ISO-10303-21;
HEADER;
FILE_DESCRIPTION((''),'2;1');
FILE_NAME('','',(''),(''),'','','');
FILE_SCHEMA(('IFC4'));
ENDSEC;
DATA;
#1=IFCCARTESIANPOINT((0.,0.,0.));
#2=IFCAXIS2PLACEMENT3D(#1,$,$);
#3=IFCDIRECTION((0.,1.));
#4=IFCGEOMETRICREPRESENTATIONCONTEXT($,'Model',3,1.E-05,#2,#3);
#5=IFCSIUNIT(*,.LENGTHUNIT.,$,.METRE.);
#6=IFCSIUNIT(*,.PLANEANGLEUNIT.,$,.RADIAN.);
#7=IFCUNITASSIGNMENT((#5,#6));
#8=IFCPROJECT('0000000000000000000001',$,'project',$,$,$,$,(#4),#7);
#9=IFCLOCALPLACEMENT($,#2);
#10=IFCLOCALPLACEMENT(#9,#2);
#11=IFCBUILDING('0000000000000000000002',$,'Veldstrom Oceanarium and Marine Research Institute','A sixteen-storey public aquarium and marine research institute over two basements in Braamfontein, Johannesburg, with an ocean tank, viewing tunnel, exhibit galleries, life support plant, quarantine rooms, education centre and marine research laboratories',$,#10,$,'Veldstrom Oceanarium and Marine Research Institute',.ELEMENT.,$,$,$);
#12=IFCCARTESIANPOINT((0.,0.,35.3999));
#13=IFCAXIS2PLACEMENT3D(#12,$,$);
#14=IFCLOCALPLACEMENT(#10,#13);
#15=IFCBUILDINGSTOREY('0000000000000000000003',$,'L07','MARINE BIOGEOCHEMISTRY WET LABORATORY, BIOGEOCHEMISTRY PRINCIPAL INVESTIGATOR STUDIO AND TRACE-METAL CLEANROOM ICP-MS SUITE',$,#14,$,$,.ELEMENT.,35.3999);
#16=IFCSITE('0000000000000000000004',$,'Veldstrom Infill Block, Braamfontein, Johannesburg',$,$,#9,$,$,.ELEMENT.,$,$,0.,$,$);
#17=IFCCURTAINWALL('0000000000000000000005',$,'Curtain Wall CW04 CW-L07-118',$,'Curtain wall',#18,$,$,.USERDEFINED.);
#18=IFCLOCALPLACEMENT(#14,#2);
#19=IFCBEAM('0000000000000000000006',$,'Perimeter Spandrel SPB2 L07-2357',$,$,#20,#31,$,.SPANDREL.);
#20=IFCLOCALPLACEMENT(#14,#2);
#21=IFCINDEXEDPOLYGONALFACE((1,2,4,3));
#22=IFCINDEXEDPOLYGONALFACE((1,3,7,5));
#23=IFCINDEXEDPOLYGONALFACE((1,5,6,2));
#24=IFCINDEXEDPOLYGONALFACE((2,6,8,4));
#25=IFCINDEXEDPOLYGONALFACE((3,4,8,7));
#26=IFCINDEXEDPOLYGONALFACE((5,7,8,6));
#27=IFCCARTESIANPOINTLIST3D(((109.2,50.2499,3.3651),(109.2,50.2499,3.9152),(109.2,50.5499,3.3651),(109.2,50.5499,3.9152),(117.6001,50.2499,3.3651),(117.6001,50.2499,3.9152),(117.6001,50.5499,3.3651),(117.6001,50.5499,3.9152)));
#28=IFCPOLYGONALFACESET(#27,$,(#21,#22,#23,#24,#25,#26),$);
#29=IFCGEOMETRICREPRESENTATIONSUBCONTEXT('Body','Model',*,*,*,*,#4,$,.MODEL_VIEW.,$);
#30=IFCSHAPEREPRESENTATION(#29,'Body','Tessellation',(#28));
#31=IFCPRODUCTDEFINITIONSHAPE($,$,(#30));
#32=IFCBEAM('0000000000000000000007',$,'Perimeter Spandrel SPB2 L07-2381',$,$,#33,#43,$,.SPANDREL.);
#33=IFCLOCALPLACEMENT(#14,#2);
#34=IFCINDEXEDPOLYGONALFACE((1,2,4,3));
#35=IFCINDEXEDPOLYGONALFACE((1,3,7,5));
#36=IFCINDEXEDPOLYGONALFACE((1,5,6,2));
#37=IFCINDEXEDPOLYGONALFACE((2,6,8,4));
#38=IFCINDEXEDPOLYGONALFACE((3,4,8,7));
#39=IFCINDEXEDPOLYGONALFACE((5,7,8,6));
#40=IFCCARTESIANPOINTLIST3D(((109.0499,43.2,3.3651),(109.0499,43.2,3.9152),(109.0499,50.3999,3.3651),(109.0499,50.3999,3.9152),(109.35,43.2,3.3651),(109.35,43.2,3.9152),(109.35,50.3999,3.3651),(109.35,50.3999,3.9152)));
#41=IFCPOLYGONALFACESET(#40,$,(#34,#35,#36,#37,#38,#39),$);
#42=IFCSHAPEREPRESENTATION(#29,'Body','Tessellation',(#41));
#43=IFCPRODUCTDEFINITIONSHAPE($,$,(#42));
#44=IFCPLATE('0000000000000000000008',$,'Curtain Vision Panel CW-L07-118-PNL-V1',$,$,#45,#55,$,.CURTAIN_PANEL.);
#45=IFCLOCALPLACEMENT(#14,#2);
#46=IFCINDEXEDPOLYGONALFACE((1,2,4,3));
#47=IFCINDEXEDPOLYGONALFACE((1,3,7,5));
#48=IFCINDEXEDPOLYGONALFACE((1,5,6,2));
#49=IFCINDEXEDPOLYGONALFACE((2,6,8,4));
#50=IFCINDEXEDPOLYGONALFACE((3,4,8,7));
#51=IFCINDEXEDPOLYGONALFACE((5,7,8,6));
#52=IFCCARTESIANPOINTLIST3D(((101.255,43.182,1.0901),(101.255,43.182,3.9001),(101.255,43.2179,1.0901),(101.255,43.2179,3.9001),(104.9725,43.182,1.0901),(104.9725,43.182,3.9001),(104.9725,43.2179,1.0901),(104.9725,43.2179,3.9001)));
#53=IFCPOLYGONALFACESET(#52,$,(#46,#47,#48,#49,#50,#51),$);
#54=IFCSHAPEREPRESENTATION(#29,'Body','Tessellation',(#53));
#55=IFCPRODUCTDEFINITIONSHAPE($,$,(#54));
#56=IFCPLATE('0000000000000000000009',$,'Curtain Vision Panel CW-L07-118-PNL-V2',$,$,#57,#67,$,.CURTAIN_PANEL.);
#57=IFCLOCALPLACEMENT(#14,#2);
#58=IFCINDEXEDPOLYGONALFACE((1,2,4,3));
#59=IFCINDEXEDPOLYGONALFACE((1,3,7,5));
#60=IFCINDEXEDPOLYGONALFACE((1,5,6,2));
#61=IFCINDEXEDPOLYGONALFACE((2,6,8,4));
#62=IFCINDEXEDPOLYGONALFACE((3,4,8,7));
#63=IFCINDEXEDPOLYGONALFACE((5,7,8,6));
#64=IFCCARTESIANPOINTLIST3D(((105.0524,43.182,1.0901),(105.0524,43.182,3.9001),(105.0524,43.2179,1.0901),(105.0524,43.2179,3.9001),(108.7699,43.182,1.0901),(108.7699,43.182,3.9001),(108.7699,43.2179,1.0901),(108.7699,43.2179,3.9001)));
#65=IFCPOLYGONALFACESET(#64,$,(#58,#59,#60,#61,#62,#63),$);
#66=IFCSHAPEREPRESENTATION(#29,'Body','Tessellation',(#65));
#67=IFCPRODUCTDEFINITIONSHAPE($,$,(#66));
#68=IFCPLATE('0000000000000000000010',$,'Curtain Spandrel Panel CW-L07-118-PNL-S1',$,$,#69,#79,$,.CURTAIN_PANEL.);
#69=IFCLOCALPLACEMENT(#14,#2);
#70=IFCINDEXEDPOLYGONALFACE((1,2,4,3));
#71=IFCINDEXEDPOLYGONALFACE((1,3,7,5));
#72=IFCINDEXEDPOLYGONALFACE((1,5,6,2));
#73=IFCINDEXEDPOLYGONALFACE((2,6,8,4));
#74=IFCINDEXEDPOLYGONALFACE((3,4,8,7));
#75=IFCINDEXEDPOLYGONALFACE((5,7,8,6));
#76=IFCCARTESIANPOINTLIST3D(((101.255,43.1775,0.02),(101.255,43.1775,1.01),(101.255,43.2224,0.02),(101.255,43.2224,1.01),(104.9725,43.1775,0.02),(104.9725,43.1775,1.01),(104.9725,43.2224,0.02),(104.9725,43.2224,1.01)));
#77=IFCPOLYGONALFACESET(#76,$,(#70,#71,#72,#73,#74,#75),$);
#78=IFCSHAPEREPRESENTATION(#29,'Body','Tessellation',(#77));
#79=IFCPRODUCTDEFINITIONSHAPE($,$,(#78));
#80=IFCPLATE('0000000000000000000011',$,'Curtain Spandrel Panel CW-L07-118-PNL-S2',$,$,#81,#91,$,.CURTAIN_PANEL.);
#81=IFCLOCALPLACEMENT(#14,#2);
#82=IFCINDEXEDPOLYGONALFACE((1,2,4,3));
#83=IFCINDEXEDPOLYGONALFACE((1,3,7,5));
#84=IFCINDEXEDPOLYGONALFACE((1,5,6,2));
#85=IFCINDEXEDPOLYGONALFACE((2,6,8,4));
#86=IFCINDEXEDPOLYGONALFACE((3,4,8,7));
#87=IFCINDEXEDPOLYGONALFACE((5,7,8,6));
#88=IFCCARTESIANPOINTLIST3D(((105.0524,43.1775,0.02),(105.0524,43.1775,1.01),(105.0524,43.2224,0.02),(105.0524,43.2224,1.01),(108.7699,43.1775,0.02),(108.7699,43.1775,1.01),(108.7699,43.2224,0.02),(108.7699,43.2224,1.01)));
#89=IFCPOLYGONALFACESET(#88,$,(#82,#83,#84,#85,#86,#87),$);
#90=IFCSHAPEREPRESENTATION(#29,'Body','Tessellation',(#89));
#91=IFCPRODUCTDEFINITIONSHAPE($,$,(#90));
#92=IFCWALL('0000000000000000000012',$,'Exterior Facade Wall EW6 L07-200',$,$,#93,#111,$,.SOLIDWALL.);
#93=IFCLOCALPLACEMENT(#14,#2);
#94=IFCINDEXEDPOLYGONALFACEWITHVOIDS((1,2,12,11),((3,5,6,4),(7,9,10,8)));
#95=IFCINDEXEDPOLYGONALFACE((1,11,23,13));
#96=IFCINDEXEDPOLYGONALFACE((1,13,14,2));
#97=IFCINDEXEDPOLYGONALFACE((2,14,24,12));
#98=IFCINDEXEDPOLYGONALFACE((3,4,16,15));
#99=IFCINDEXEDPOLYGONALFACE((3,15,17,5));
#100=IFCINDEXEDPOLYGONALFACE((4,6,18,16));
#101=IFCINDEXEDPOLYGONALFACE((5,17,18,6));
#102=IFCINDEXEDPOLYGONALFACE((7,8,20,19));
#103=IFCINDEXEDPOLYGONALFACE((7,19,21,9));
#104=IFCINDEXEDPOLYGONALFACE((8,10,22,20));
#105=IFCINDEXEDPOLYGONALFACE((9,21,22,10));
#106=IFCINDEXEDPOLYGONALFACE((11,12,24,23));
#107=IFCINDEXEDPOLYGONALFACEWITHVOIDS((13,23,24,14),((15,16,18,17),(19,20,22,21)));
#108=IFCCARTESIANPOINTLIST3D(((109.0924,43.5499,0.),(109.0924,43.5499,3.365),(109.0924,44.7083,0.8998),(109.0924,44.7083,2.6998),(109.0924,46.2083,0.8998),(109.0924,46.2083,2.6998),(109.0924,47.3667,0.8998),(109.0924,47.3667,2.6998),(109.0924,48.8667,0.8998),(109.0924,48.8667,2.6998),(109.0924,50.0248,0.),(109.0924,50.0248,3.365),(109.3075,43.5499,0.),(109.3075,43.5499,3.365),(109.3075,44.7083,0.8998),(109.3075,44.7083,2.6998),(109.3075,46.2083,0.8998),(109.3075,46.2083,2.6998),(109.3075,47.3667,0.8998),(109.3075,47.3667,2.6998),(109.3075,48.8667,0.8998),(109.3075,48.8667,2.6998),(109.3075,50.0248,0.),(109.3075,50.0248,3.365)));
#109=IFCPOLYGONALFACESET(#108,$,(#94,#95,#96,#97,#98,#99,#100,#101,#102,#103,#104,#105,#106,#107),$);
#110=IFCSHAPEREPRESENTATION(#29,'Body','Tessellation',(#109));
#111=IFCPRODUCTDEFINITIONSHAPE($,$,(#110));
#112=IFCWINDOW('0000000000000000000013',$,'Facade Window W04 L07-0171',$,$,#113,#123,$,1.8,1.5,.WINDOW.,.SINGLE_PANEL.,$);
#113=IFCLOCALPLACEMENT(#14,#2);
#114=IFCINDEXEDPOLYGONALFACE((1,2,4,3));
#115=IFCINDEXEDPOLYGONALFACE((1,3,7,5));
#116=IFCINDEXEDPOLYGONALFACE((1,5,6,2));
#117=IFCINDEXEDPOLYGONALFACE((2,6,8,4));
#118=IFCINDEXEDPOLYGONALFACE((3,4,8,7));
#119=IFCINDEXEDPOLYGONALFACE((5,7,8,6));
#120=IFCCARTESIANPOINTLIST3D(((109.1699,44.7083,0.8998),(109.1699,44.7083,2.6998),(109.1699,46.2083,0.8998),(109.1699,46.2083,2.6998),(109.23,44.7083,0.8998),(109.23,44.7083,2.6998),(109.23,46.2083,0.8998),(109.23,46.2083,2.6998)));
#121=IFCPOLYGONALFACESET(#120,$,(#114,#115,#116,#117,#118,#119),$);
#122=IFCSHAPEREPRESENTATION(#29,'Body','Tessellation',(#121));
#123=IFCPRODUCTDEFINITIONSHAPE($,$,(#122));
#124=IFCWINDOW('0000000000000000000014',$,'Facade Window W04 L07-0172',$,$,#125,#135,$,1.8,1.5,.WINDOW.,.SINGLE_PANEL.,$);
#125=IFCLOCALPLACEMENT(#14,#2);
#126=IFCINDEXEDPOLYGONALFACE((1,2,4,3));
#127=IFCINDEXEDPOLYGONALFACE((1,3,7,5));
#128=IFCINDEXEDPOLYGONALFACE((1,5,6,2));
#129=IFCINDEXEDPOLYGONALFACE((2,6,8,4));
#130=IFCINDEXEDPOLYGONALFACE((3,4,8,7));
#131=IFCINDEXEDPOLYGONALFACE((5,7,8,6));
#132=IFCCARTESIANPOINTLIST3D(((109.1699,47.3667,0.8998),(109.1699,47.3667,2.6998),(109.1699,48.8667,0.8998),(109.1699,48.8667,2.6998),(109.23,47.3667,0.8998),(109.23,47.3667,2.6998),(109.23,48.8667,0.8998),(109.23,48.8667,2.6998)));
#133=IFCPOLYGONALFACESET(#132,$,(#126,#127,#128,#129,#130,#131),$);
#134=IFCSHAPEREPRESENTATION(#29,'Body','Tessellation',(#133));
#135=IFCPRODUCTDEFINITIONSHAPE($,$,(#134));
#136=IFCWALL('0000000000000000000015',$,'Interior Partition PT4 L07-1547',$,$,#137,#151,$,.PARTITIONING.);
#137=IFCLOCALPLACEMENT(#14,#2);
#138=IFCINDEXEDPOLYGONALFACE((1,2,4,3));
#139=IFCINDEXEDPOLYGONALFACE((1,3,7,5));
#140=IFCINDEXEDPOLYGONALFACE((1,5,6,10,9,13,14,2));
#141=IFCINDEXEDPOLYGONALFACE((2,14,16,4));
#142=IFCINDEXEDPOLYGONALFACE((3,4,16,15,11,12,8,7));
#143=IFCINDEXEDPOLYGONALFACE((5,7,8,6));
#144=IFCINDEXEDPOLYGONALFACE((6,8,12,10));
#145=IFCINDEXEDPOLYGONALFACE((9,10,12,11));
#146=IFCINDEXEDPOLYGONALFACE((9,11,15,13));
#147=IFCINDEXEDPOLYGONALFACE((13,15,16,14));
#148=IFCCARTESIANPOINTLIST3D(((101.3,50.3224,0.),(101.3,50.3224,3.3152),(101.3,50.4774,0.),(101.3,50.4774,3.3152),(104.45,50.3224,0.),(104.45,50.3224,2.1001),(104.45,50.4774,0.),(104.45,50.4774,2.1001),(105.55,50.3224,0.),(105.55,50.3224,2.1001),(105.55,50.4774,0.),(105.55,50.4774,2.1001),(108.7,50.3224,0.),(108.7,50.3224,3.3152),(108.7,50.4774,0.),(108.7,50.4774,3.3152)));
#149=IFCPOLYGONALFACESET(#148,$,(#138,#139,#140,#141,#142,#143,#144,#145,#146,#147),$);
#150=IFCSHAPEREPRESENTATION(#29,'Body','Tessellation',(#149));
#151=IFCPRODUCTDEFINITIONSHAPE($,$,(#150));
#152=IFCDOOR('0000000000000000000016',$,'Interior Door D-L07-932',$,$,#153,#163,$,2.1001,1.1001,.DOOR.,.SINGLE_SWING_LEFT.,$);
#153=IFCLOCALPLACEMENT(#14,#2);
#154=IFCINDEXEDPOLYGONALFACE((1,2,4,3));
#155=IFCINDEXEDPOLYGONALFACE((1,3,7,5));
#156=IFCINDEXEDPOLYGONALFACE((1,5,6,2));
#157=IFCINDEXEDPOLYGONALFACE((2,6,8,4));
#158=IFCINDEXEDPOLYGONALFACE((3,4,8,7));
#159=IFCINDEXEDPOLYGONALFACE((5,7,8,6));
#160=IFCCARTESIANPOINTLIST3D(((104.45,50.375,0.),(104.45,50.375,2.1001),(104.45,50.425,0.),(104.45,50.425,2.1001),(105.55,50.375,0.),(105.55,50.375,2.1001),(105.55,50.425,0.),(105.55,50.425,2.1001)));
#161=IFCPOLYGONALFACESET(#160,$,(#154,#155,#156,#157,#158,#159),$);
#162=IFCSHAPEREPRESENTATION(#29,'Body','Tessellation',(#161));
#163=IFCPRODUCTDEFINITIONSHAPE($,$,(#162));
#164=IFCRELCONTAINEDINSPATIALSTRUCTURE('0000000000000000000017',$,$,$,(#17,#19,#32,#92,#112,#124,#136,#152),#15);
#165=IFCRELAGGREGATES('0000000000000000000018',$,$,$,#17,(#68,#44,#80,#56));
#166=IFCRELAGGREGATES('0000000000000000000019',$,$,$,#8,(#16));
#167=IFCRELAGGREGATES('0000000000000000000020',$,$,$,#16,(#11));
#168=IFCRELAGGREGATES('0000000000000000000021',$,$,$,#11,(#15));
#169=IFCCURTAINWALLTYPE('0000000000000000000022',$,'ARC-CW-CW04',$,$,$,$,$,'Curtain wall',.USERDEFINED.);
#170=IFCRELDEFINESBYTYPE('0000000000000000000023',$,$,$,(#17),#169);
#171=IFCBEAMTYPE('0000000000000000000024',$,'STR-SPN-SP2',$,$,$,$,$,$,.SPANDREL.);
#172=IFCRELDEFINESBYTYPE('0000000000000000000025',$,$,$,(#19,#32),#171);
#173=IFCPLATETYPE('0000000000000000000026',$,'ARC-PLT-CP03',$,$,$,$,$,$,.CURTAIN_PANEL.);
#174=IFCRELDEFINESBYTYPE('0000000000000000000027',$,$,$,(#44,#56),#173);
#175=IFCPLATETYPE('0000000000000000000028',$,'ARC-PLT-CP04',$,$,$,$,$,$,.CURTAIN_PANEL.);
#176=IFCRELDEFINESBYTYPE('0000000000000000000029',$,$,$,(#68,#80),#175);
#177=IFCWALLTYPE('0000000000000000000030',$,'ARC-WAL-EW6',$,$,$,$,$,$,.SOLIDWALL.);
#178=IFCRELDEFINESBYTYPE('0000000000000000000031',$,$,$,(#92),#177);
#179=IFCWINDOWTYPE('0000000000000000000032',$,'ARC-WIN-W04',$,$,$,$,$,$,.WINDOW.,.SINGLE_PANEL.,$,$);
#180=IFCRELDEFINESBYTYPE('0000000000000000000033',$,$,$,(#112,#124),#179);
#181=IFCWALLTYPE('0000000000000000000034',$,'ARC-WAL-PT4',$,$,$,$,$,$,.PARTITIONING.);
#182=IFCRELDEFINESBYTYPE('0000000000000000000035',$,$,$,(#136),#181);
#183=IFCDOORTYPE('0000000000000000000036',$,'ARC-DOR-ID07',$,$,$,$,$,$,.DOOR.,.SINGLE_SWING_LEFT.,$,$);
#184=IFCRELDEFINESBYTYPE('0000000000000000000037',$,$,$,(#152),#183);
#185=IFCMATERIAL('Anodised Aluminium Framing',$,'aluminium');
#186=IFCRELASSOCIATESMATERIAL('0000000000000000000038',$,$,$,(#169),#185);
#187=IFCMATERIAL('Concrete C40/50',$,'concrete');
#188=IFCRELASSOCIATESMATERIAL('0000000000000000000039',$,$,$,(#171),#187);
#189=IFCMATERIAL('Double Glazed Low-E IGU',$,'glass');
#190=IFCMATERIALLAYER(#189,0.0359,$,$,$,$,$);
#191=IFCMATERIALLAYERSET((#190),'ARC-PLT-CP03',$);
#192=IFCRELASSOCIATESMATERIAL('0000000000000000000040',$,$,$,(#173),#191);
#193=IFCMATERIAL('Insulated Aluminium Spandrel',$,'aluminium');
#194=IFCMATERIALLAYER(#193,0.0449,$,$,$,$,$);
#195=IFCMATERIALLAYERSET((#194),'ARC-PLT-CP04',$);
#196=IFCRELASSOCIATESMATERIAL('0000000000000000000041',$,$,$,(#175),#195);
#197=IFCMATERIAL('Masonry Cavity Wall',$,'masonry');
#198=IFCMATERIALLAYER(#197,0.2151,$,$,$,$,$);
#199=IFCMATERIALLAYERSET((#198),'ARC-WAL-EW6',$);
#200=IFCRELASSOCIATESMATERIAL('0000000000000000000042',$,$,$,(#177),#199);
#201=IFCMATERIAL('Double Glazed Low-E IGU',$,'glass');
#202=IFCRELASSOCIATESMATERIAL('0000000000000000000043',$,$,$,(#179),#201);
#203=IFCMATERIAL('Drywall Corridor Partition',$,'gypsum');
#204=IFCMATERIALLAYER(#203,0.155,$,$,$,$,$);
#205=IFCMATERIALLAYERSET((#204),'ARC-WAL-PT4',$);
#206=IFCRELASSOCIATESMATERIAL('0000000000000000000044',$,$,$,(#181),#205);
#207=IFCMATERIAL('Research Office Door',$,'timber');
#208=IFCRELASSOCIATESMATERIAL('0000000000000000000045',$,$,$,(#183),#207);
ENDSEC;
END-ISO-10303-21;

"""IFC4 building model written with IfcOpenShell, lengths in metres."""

from ifc_helpers import new_model, si_unit, direction, frame, frame_2d, origin, origin_2d, place, context, subcontext, project, spatial, rectangle, extrude, material, layer, layer_set, material_profile, profile_set, type_object, element, fill, aggregate, save


model = new_model("IFC4")

# Units and contexts
model_context = context("Model", 3, precision=1e-05, world=origin(), true_north=direction((0.0, 1.0)))
body_context = subcontext(model_context, "Body", "Model", "MODEL_VIEW")
ifc_project = project(units=[si_unit("LENGTHUNIT", "METRE"), si_unit("PLANEANGLEUNIT", "RADIAN")], contexts=[model_context])

# Site, building, storey
site_placement = place(None, origin())
site = spatial("IfcSite", under=ifc_project, at=site_placement, Name="Veldstrom Infill Block, Braamfontein, Johannesburg", CompositionType="ELEMENT", RefElevation=0.0)
building_placement = place(site_placement, origin())
building = spatial("IfcBuilding", under=site, at=building_placement, Name="Veldstrom Oceanarium and Marine Research Institute", Description="A sixteen-storey public aquarium and marine research institute over two basements in Braamfontein, Johannesburg, with an ocean tank, viewing tunnel, exhibit galleries, life support plant, quarantine rooms, education centre and marine research laboratories", LongName="Veldstrom Oceanarium and Marine Research Institute", CompositionType="ELEMENT")
storey_placement = place(building_placement, frame((0.0, 0.0, 35.3999)))
storey = spatial("IfcBuildingStorey", under=building, at=storey_placement, Name="L07", Description="MARINE BIOGEOCHEMISTRY WET LABORATORY, BIOGEOCHEMISTRY PRINCIPAL INVESTIGATOR STUDIO AND TRACE-METAL CLEANROOM ICP-MS SUITE", CompositionType="ELEMENT", Elevation=35.3999)

# Curtain wall
ifc_material_1 = material(Name="Anodised Aluminium Framing", Category="aluminium")
curtain_wall_type = type_object("IfcCurtainWallType", Name="ARC-CW-CW04", ElementType="Curtain wall", PredefinedType="USERDEFINED", material=ifc_material_1)
curtain_wall_placement = place(storey_placement, origin())
curtain_wall = element("IfcCurtainWall", 1, at=curtain_wall_placement, inside=storey, type_object=curtain_wall_type, Name="Curtain Wall CW04 CW-L07-118", ObjectType="Curtain wall", PredefinedType="USERDEFINED")

# Beams
ifc_material_2 = material(Name="Concrete C40/50", Category="concrete")
ifc_material_profile_1 = material_profile(ifc_material_2, rectangle(XDim=0.3, YDim=0.55, at=origin_2d()), Name="RC-SPN-300x550")
ifc_profile_set_1 = profile_set([ifc_material_profile_1], Name="Concrete C40/50")
beam_type_1 = type_object("IfcBeamType", Name="STR-SPN-SP2", PredefinedType="SPANDREL", material=ifc_profile_set_1)
beam_1_placement = place(storey_placement, frame((109.2, 50.3999, 3.6401), z_axis=(1.0, 0.0, 0.0), x_axis=(0.0, 1.0, 0.0)))
element("IfcBeam", 2, at=beam_1_placement, inside=storey, type_object=beam_type_1, Name="Perimeter Spandrel SPB2 L07-2357", PredefinedType="SPANDREL", context=body_context, shape_type="SweptSolid", body=[
    extrude(rectangle(XDim=0.3, YDim=0.55, at=origin_2d()), origin(), (0.0, 0.0, 1.0), 8.4001),
])
beam_2_placement = place(storey_placement, frame((109.2, 43.2, 3.6401), z_axis=(0.0, 1.0, 0.0), x_axis=(-1.0, 0.0, 0.0)))
element("IfcBeam", 3, at=beam_2_placement, inside=storey, type_object=beam_type_1, Name="Perimeter Spandrel SPB2 L07-2381", PredefinedType="SPANDREL", context=body_context, shape_type="SweptSolid", body=[
    extrude(rectangle(XDim=0.3, YDim=0.55, at=origin_2d()), origin(), (0.0, 0.0, 1.0), 7.2),
])

# Plates
ifc_material_3 = material(Name="Double Glazed Low-E IGU", Category="glass")
ifc_layer_1 = layer(ifc_material_3, 0.0359)
ifc_layer_set_1 = layer_set([ifc_layer_1], Name="ARC-PLT-CP03")
plate_type_1 = type_object("IfcPlateType", Name="ARC-PLT-CP03", PredefinedType="CURTAIN_PANEL", material=ifc_layer_set_1)
plate_1_placement = place(storey_placement, frame((103.1138, 43.2, 1.0901), z_axis=(0.0, 0.0, 1.0), x_axis=(1.0, 0.0, 0.0)))
plate_1 = element("IfcPlate", 4, at=plate_1_placement, type_object=plate_type_1, Name="Curtain Vision Panel CW-L07-118-PNL-V1", PredefinedType="CURTAIN_PANEL", context=body_context, shape_type="SweptSolid", body=[
    extrude(rectangle(XDim=3.7175, YDim=0.0359, at=origin_2d()), origin(), (0.0, 0.0, 1.0), 2.8101),
])
plate_2_placement = place(storey_placement, frame((106.9111, 43.2, 1.0901), z_axis=(0.0, 0.0, 1.0), x_axis=(1.0, 0.0, 0.0)))
plate_2 = element("IfcPlate", 5, at=plate_2_placement, type_object=plate_type_1, Name="Curtain Vision Panel CW-L07-118-PNL-V2", PredefinedType="CURTAIN_PANEL", context=body_context, shape_type="SweptSolid", body=[
    extrude(rectangle(XDim=3.7175, YDim=0.0359, at=origin_2d()), origin(), (0.0, 0.0, 1.0), 2.8101),
])
ifc_material_4 = material(Name="Insulated Aluminium Spandrel", Category="aluminium")
ifc_layer_2 = layer(ifc_material_4, 0.0449)
ifc_layer_set_2 = layer_set([ifc_layer_2], Name="ARC-PLT-CP04")
plate_type_2 = type_object("IfcPlateType", Name="ARC-PLT-CP04", PredefinedType="CURTAIN_PANEL", material=ifc_layer_set_2)
plate_3_placement = place(storey_placement, frame((103.1138, 43.2, 0.02), z_axis=(0.0, 0.0, 1.0), x_axis=(1.0, 0.0, 0.0)))
plate_3 = element("IfcPlate", 6, at=plate_3_placement, type_object=plate_type_2, Name="Curtain Spandrel Panel CW-L07-118-PNL-S1", PredefinedType="CURTAIN_PANEL", context=body_context, shape_type="SweptSolid", body=[
    extrude(rectangle(XDim=3.7175, YDim=0.0449, at=origin_2d()), origin(), (0.0, 0.0, 1.0), 0.99),
])
plate_4_placement = place(storey_placement, frame((106.9111, 43.2, 0.02), z_axis=(0.0, 0.0, 1.0), x_axis=(1.0, 0.0, 0.0)))
plate_4 = element("IfcPlate", 7, at=plate_4_placement, type_object=plate_type_2, Name="Curtain Spandrel Panel CW-L07-118-PNL-S2", PredefinedType="CURTAIN_PANEL", context=body_context, shape_type="SweptSolid", body=[
    extrude(rectangle(XDim=3.7175, YDim=0.0449, at=origin_2d()), origin(), (0.0, 0.0, 1.0), 0.99),
])
aggregate(curtain_wall, [plate_3, plate_1, plate_4, plate_2])

# Wall, openings, windows
ifc_material_5 = material(Name="Masonry Cavity Wall", Category="masonry")
ifc_layer_3 = layer(ifc_material_5, 0.2151)
ifc_layer_set_3 = layer_set([ifc_layer_3], Name="ARC-WAL-EW6")
wall_type_1 = type_object("IfcWallType", Name="ARC-WAL-EW6", PredefinedType="SOLIDWALL", material=ifc_layer_set_3)
wall_1_placement = place(storey_placement, frame((109.2, 43.55, 0.0), z_axis=(0.0, 0.0, 1.0), x_axis=(0.0, 1.0, 0.0)))
wall_1 = element("IfcWall", 8, at=wall_1_placement, inside=storey, type_object=wall_type_1, Name="Exterior Facade Wall EW6 L07-200", PredefinedType="SOLIDWALL", context=body_context, shape_type="SweptSolid", body=[
    extrude(rectangle(XDim=6.4749, YDim=0.2151, at=frame_2d((3.2373, 0.0))), origin(), (0.0, 0.0, 1.0), 3.365),
])
opening_1_placement = place(wall_1_placement, frame((1.1582, 0.0, 0.8999)))
opening_1 = element("IfcOpeningElement", 9, at=opening_1_placement, cuts=wall_1, PredefinedType="OPENING", context=body_context, shape_type="SweptSolid", body=[
    extrude(rectangle(XDim=1.5, YDim=1.8, at=frame_2d((0.75, 0.8999))), frame((0.0, 0.1174, 0.0), z_axis=(0.0, -1.0, 0.0), x_axis=(1.0, 0.0, 0.0)), (0.0, 0.0, 1.0), 0.2351),
])
opening_2_placement = place(wall_1_placement, frame((3.8167, 0.0, 0.8999)))
opening_2 = element("IfcOpeningElement", 10, at=opening_2_placement, cuts=wall_1, PredefinedType="OPENING", context=body_context, shape_type="SweptSolid", body=[
    extrude(rectangle(XDim=1.5, YDim=1.8, at=frame_2d((0.75, 0.8999))), frame((0.0, 0.1174, 0.0), z_axis=(0.0, -1.0, 0.0), x_axis=(1.0, 0.0, 0.0)), (0.0, 0.0, 1.0), 0.2351),
])
ifc_material_6 = material(Name="Double Glazed Low-E IGU", Category="glass")
window_type = type_object("IfcWindowType", Name="ARC-WIN-W04", PartitioningType="SINGLE_PANEL", PredefinedType="WINDOW", material=ifc_material_6)
window_1_placement = place(opening_1_placement, origin())
window_1 = element("IfcWindow", 11, at=window_1_placement, inside=storey, type_object=window_type, Name="Facade Window W04 L07-0171", OverallHeight=1.8, OverallWidth=1.5, PartitioningType="SINGLE_PANEL", PredefinedType="WINDOW", context=body_context, shape_type="SweptSolid", body=[
    extrude(rectangle(XDim=1.5, YDim=1.8, at=frame_2d((0.75, 0.8999))), frame((0.0, 0.03, 0.0), z_axis=(0.0, -1.0, 0.0), x_axis=(1.0, 0.0, 0.0)), (0.0, 0.0, 1.0), 0.0601),
])
fill(opening_1, window_1)
window_2_placement = place(opening_2_placement, origin())
window_2 = element("IfcWindow", 12, at=window_2_placement, inside=storey, type_object=window_type, Name="Facade Window W04 L07-0172", OverallHeight=1.8, OverallWidth=1.5, PartitioningType="SINGLE_PANEL", PredefinedType="WINDOW", context=body_context, shape_type="SweptSolid", body=[
    extrude(rectangle(XDim=1.5, YDim=1.8, at=frame_2d((0.75, 0.8999))), frame((0.0, 0.03, 0.0), z_axis=(0.0, -1.0, 0.0), x_axis=(1.0, 0.0, 0.0)), (0.0, 0.0, 1.0), 0.0601),
])
fill(opening_2, window_2)

# Wall, opening, door
ifc_material_7 = material(Name="Drywall Corridor Partition", Category="gypsum")
ifc_layer_4 = layer(ifc_material_7, 0.155)
ifc_layer_set_4 = layer_set([ifc_layer_4], Name="ARC-WAL-PT4")
wall_type_2 = type_object("IfcWallType", Name="ARC-WAL-PT4", PredefinedType="PARTITIONING", material=ifc_layer_set_4)
wall_2_placement = place(storey_placement, frame((101.3, 50.3999, 0.0), z_axis=(0.0, 0.0, 1.0), x_axis=(1.0, 0.0, 0.0)))
wall_2 = element("IfcWall", 13, at=wall_2_placement, inside=storey, type_object=wall_type_2, Name="Interior Partition PT4 L07-1547", PredefinedType="PARTITIONING", context=body_context, shape_type="SweptSolid", body=[
    extrude(rectangle(XDim=7.3999, YDim=0.155, at=frame_2d((3.7, 0.0))), origin(), (0.0, 0.0, 1.0), 3.3152),
])
opening_3_placement = place(wall_2_placement, frame((3.1499, 0.0, 0.0)))
opening_3 = element("IfcOpeningElement", 14, at=opening_3_placement, cuts=wall_2, PredefinedType="OPENING", context=body_context, shape_type="SweptSolid", body=[
    extrude(rectangle(XDim=1.1001, YDim=2.1001, at=frame_2d((0.55, 1.05))), frame((0.0, 0.0874, 0.0), z_axis=(0.0, -1.0, 0.0), x_axis=(1.0, 0.0, 0.0)), (0.0, 0.0, 1.0), 0.175),
])
ifc_material_8 = material(Name="Research Office Door", Category="timber")
door_type = type_object("IfcDoorType", Name="ARC-DOR-ID07", OperationType="SINGLE_SWING_LEFT", PredefinedType="DOOR", material=ifc_material_8)
door_placement = place(opening_3_placement, frame((1.1001, 0.0, 0.0), z_axis=(0.0, 0.0, 1.0), x_axis=(-1.0, 0.0, 0.0)))
door = element("IfcDoor", 15, at=door_placement, inside=storey, type_object=door_type, Name="Interior Door D-L07-932", OperationType="SINGLE_SWING_LEFT", OverallHeight=2.1001, OverallWidth=1.1001, PredefinedType="DOOR", context=body_context, shape_type="SweptSolid", body=[
    extrude(rectangle(XDim=1.1001, YDim=2.1001, at=frame_2d((0.55, 1.05))), frame((0.0, 0.0249, 0.0), z_axis=(0.0, -1.0, 0.0), x_axis=(1.0, 0.0, 0.0)), (0.0, 0.0, 1.0), 0.05),
])
fill(opening_3, door)

save(model, "model.ifc")
